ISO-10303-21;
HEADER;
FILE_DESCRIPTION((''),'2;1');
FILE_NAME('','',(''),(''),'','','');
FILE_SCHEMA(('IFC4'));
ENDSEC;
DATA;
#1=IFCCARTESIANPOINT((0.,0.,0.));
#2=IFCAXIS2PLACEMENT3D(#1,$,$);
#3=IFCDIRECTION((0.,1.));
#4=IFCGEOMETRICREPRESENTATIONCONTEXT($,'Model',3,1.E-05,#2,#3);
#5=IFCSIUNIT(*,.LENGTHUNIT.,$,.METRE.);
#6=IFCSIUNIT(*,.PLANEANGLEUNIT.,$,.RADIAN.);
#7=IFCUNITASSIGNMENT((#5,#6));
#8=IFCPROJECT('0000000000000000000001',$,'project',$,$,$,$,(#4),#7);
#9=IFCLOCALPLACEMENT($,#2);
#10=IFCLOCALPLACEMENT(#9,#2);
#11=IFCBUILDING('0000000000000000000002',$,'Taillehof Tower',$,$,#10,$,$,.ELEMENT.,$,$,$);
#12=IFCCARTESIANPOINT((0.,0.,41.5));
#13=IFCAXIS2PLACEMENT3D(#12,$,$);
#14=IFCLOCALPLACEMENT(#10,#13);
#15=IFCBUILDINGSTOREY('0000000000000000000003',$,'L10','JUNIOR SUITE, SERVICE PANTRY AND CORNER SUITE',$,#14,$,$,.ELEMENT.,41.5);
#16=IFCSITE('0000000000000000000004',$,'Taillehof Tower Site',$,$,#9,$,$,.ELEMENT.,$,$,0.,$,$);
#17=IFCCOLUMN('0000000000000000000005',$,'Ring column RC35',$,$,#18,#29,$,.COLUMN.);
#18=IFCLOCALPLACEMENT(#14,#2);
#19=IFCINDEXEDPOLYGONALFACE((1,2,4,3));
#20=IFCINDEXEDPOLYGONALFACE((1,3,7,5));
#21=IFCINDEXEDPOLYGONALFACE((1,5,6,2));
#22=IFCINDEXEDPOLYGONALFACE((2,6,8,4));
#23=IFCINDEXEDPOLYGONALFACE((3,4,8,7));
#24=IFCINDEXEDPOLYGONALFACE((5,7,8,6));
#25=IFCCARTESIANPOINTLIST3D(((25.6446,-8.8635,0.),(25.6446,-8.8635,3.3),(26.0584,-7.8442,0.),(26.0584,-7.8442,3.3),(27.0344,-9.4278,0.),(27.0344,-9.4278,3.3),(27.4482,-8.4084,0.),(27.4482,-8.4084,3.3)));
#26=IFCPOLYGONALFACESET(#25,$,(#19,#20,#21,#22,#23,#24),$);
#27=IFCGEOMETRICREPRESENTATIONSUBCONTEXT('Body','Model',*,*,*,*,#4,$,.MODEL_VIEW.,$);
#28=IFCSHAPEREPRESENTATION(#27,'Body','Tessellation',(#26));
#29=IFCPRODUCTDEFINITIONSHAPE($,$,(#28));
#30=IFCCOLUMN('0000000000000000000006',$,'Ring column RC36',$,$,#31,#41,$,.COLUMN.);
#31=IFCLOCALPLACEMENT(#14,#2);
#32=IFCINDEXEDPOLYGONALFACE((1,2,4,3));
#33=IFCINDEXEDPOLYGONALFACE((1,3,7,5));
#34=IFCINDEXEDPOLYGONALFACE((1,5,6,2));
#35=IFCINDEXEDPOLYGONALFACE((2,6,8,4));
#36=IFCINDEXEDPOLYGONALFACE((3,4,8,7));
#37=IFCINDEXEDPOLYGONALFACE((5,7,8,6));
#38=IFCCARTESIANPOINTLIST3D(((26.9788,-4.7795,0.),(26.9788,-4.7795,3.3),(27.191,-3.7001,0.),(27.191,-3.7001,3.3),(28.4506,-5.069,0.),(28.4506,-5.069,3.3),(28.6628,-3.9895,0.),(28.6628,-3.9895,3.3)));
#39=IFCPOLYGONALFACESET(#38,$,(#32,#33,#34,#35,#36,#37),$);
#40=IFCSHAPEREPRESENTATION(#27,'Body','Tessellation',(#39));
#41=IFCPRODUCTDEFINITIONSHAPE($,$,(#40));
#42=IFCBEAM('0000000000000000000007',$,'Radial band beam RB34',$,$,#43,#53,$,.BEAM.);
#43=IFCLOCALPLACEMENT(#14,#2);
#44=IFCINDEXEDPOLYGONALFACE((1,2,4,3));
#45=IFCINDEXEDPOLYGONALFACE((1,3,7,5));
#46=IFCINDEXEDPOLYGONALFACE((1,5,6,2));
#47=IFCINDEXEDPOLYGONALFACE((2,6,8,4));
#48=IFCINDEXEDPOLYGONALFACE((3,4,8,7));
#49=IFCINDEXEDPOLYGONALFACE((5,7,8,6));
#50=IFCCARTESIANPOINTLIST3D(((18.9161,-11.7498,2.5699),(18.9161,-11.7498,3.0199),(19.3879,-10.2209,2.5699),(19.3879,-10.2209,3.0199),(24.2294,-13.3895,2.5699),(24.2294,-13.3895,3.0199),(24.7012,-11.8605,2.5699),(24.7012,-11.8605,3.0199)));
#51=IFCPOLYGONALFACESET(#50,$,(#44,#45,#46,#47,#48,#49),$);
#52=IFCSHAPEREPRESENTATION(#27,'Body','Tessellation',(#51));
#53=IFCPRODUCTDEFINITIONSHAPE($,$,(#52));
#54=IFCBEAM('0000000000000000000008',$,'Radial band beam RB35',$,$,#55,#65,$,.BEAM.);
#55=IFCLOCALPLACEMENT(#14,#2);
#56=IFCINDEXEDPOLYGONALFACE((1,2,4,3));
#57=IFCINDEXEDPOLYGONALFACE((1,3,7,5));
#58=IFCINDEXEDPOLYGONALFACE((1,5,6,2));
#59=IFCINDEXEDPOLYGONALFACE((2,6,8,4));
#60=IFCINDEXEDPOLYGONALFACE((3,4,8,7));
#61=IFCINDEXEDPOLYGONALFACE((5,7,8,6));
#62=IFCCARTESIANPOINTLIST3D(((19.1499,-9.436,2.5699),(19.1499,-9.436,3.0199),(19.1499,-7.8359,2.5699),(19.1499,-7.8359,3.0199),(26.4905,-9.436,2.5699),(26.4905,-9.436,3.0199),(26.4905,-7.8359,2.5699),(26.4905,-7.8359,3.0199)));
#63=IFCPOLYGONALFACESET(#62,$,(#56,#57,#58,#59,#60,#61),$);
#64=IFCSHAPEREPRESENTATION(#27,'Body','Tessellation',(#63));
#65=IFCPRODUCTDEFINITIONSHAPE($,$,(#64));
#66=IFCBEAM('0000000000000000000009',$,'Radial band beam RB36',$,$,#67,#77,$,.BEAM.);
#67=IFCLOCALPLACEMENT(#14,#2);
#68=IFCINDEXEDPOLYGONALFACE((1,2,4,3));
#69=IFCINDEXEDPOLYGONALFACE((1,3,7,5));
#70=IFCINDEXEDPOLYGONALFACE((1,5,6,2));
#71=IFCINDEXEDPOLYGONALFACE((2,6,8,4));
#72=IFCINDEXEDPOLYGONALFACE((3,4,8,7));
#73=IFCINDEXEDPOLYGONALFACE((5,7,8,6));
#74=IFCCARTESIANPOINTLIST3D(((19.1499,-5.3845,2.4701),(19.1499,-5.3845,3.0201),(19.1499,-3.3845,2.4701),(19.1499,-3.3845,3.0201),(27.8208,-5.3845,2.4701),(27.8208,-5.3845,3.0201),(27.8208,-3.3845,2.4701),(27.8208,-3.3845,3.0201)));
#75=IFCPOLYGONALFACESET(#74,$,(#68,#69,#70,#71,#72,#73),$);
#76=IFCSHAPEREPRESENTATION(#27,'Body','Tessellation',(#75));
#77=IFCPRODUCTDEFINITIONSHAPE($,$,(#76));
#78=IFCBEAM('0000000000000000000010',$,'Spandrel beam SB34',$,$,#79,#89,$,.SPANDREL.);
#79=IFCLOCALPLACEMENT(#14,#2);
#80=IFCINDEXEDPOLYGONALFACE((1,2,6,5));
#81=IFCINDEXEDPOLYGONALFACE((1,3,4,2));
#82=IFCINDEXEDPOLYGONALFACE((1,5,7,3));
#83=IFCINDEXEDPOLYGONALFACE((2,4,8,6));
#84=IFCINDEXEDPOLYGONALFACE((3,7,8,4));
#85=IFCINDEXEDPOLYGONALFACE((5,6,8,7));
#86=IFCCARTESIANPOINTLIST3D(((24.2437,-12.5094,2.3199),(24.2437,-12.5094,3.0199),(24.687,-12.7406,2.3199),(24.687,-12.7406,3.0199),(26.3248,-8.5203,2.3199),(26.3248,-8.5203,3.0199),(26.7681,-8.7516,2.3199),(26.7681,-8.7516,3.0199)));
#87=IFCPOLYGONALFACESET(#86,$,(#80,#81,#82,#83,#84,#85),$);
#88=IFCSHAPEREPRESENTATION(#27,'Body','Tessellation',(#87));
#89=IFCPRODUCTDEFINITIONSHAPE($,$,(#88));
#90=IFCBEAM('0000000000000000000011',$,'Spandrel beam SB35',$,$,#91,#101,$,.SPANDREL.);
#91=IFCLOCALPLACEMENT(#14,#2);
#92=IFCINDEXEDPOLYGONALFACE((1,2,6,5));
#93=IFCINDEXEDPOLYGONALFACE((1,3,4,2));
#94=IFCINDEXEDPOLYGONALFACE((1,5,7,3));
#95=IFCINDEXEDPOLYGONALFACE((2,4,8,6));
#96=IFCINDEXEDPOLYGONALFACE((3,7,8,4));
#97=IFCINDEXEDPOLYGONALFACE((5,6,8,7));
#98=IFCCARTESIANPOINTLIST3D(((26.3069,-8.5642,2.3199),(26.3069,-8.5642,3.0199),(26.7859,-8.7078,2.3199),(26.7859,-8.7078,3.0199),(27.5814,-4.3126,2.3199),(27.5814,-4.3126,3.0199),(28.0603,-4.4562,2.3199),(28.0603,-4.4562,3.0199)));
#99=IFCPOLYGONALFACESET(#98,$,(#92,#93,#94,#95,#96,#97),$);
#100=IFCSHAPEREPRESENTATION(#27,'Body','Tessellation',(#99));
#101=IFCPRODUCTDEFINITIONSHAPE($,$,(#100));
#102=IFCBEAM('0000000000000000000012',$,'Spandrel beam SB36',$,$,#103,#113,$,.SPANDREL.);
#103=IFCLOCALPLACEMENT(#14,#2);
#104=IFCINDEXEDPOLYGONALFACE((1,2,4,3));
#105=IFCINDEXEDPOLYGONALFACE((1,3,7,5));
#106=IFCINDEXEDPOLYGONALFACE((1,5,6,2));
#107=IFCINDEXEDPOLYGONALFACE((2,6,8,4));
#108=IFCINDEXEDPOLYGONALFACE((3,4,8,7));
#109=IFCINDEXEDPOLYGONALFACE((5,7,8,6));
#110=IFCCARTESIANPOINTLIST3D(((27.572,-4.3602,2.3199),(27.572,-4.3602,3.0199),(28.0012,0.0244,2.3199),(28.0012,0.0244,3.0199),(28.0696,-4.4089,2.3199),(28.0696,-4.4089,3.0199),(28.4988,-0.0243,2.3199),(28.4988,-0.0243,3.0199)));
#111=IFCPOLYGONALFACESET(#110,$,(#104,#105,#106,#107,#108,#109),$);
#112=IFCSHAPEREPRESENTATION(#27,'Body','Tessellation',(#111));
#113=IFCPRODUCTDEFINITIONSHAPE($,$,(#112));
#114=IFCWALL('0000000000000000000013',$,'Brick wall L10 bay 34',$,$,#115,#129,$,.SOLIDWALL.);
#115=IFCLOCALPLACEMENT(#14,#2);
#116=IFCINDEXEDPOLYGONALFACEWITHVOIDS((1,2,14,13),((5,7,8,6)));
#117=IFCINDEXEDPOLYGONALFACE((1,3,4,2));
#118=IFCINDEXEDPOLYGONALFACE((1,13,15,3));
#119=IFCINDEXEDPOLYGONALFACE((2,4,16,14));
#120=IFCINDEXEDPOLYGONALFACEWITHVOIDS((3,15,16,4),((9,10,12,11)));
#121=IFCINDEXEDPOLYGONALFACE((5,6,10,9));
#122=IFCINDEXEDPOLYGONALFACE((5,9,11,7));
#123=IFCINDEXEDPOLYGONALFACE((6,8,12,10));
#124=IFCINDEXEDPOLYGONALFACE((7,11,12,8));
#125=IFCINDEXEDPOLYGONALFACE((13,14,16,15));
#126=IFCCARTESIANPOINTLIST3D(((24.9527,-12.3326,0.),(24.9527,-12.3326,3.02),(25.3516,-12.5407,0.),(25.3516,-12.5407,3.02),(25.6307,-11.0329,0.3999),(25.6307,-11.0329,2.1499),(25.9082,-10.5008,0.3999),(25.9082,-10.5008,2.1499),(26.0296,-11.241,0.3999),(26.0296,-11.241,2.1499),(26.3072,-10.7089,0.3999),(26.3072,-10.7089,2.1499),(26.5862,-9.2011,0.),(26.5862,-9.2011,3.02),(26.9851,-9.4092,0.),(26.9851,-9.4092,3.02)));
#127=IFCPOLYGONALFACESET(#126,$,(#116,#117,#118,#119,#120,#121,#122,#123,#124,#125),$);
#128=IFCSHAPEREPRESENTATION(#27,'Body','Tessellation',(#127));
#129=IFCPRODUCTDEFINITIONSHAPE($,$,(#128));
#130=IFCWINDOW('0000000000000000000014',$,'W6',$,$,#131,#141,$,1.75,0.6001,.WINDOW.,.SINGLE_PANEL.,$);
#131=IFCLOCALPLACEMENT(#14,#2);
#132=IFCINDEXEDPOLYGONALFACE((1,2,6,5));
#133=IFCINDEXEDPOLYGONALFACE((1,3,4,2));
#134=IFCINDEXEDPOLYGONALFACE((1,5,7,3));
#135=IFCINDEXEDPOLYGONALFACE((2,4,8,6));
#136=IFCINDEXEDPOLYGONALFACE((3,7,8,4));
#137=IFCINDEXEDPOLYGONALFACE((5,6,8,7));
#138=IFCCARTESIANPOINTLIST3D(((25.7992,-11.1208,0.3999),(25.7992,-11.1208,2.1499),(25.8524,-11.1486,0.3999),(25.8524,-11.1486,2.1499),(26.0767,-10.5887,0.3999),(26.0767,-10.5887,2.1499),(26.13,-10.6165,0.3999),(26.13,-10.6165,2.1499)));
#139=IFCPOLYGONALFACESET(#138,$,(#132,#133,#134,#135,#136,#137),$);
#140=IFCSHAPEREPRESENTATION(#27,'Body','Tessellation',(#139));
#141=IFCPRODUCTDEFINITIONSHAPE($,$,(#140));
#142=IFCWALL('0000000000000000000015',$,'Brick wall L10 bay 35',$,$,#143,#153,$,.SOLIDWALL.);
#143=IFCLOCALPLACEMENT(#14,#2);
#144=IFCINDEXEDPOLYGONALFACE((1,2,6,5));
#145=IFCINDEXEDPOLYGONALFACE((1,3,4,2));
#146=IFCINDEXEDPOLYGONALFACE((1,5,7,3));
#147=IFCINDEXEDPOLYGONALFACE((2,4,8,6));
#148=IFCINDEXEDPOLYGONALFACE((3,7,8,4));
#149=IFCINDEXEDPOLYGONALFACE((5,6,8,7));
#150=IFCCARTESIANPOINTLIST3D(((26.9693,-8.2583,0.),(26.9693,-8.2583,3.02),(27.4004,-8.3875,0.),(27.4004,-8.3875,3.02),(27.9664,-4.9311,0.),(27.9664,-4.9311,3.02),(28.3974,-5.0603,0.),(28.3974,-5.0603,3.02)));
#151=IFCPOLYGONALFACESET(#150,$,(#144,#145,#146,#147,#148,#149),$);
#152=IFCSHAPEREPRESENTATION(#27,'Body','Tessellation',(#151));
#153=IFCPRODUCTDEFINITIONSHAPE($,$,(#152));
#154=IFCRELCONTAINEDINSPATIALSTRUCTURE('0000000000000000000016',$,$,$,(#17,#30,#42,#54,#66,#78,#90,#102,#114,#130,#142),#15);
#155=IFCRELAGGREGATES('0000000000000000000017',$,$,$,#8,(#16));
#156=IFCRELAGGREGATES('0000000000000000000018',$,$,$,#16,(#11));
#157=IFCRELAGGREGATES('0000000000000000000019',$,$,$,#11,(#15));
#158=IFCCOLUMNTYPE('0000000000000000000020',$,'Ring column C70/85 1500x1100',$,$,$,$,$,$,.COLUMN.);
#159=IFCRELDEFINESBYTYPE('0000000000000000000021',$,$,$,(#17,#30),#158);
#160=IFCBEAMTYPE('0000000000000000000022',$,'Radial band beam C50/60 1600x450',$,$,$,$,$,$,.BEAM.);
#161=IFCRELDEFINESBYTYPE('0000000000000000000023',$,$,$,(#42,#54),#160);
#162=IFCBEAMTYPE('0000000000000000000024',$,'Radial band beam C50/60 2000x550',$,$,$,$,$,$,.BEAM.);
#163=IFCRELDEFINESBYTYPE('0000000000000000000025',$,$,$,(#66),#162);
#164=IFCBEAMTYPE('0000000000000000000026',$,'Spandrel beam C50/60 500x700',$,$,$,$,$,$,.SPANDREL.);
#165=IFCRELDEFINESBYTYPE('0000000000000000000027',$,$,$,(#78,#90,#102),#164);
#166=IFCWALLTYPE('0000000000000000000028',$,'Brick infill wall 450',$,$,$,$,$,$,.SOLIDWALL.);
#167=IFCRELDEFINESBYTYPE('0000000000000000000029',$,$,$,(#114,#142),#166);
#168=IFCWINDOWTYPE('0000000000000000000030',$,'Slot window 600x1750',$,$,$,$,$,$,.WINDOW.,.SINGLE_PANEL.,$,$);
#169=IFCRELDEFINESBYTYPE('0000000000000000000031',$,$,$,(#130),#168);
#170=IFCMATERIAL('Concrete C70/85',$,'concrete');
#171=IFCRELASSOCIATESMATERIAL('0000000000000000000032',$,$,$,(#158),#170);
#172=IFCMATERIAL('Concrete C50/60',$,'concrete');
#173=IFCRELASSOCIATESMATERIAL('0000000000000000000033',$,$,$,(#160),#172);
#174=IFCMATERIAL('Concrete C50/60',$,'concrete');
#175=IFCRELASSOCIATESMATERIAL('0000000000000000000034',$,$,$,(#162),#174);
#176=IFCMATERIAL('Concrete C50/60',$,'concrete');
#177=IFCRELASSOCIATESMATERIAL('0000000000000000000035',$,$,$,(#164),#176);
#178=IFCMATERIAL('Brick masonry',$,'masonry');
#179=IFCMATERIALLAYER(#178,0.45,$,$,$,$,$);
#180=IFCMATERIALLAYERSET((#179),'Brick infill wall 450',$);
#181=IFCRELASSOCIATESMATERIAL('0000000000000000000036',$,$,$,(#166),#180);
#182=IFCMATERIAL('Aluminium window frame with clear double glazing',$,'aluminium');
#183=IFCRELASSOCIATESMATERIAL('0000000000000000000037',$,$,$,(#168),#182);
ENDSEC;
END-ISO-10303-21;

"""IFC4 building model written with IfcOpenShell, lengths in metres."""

from ifc_helpers import new_model, si_unit, direction, frame, frame_2d, origin, origin_2d, place, context, subcontext, project, spatial, rectangle, extrude, material, layer, layer_set, material_profile, profile_set, type_object, element, fill, save


model = new_model("IFC4")

# Units and contexts
model_context = context("Model", 3, precision=1e-05, world=origin(), true_north=direction((0.0, 1.0)))
body_context = subcontext(model_context, "Body", "Model", "MODEL_VIEW")
ifc_project = project(units=[si_unit("LENGTHUNIT", "METRE"), si_unit("PLANEANGLEUNIT", "RADIAN")], contexts=[model_context])

# Site, building, storey
site_placement = place(None, origin())
site = spatial("IfcSite", under=ifc_project, at=site_placement, Name="Taillehof Tower Site", CompositionType="ELEMENT", RefElevation=0.0)
building_placement = place(site_placement, origin())
building = spatial("IfcBuilding", under=site, at=building_placement, Name="Taillehof Tower", CompositionType="ELEMENT")
storey_placement = place(building_placement, frame((0.0, 0.0, 41.5)))
storey = spatial("IfcBuildingStorey", under=building, at=storey_placement, Name="L10", Description="JUNIOR SUITE, SERVICE PANTRY AND CORNER SUITE", CompositionType="ELEMENT", Elevation=41.5)

# Columns
ifc_material_1 = material(Name="Concrete C70/85", Category="concrete")
ifc_material_profile_1 = material_profile(ifc_material_1, rectangle(XDim=1.5, YDim=1.1001, at=origin_2d()), Name="RC 1500x1100")
ifc_profile_set_1 = profile_set([ifc_material_profile_1], Name="Concrete C70/85")
column_type = type_object("IfcColumnType", Name="Ring column C70/85 1500x1100", PredefinedType="COLUMN", material=ifc_profile_set_1)
for number, where, z_axis, x_axis, name in (
    (1, (26.5464, -8.636, 0.0), (0.0, 0.0, 1.0), (0.926558, -0.376152, 0.0), "Ring column RC35"),
    (2, (27.8208, -4.3845, 0.0), (0.0, 0.0, 1.0), (0.981204, -0.192976, 0.0), "Ring column RC36"),
):
    element("IfcColumn", number, at=place(storey_placement, frame(where, z_axis=z_axis, x_axis=x_axis)), inside=storey, type_object=column_type, Name=name, PredefinedType="COLUMN", context=body_context, shape_type="SweptSolid", body=[
        extrude(rectangle(XDim=1.5, YDim=1.1001, at=origin_2d()), origin(), (0.0, 0.0, 1.0), 3.3),
    ])

# Beams
ifc_material_2 = material(Name="Concrete C50/60", Category="concrete")
ifc_material_profile_2 = material_profile(ifc_material_2, rectangle(XDim=1.6001, YDim=0.45, at=origin_2d()), Name="RC 1600x450")
ifc_profile_set_2 = profile_set([ifc_material_profile_2], Name="Concrete C50/60")
beam_type_1 = type_object("IfcBeamType", Name="Radial band beam C50/60 1600x450", PredefinedType="BEAM", material=ifc_profile_set_2)
beam_1_placement = place(storey_placement, frame((24.4653, -12.625, 2.7949), z_axis=(-0.955536, 0.294876, 0.0), x_axis=(-0.294876, -0.955536, 0.0)))
element("IfcBeam", 3, at=beam_1_placement, inside=storey, type_object=beam_type_1, Name="Radial band beam RB34", PredefinedType="BEAM", context=body_context, shape_type="SweptSolid", body=[
    extrude(rectangle(XDim=1.6001, YDim=0.45, at=origin_2d()), origin(), (0.0, 0.0, 1.0), 5.5605),
])
beam_2_placement = place(storey_placement, frame((26.4905, -8.636, 2.7949), z_axis=(-1.0, 0.0, 0.0), x_axis=(0.0, -1.0, 0.0)))
element("IfcBeam", 4, at=beam_2_placement, inside=storey, type_object=beam_type_1, Name="Radial band beam RB35", PredefinedType="BEAM", context=body_context, shape_type="SweptSolid", body=[
    extrude(rectangle(XDim=1.6001, YDim=0.45, at=origin_2d()), origin(), (0.0, 0.0, 1.0), 7.3406),
])
ifc_material_3 = material(Name="Concrete C50/60", Category="concrete")
ifc_material_profile_3 = material_profile(ifc_material_3, rectangle(XDim=2.0, YDim=0.55, at=origin_2d()), Name="RC 2000x550")
ifc_profile_set_3 = profile_set([ifc_material_profile_3], Name="Concrete C50/60")
beam_type_2 = type_object("IfcBeamType", Name="Radial band beam C50/60 2000x550", PredefinedType="BEAM", material=ifc_profile_set_3)
beam_3_placement = place(storey_placement, frame((27.8208, -4.3845, 2.7451), z_axis=(-1.0, 0.0, 0.0), x_axis=(0.0, -1.0, 0.0)))
element("IfcBeam", 5, at=beam_3_placement, inside=storey, type_object=beam_type_2, Name="Radial band beam RB36", PredefinedType="BEAM", context=body_context, shape_type="SweptSolid", body=[
    extrude(rectangle(XDim=2.0, YDim=0.55, at=origin_2d()), origin(), (0.0, 0.0, 1.0), 8.6709),
])
ifc_material_4 = material(Name="Concrete C50/60", Category="concrete")
ifc_material_profile_4 = material_profile(ifc_material_4, rectangle(XDim=0.5, YDim=0.7, at=origin_2d()), Name="RC 500x700")
ifc_profile_set_4 = profile_set([ifc_material_profile_4], Name="Concrete C50/60")
beam_type_3 = type_object("IfcBeamType", Name="Spandrel beam C50/60 500x700", PredefinedType="SPANDREL", material=ifc_profile_set_4)
beam_4_placement = place(storey_placement, frame((24.4653, -12.625, 2.6699), z_axis=(0.462536, 0.8866, 0.0), x_axis=(-0.8866, 0.462536, 0.0)))
element("IfcBeam", 6, at=beam_4_placement, inside=storey, type_object=beam_type_3, Name="Spandrel beam SB34", PredefinedType="SPANDREL", context=body_context, shape_type="SweptSolid", body=[
    extrude(rectangle(XDim=0.5, YDim=0.7, at=origin_2d()), origin(), (0.0, 0.0, 1.0), 4.4993),
])
beam_5_placement = place(storey_placement, frame((26.5464, -8.636, 2.6699), z_axis=(0.287136, 0.95789, 0.0), x_axis=(-0.95789, 0.287136, 0.0)))
element("IfcBeam", 7, at=beam_5_placement, inside=storey, type_object=beam_type_3, Name="Spandrel beam SB35", PredefinedType="SPANDREL", context=body_context, shape_type="SweptSolid", body=[
    extrude(rectangle(XDim=0.5, YDim=0.7, at=origin_2d()), origin(), (0.0, 0.0, 1.0), 4.4385),
])
beam_6_placement = place(storey_placement, frame((27.8208, -4.3845, 2.6699), z_axis=(0.097424, 0.995243, 0.0), x_axis=(-0.995243, 0.097424, 0.0)))
element("IfcBeam", 8, at=beam_6_placement, inside=storey, type_object=beam_type_3, Name="Spandrel beam SB36", PredefinedType="SPANDREL", context=body_context, shape_type="SweptSolid", body=[
    extrude(rectangle(XDim=0.5, YDim=0.7, at=origin_2d()), origin(), (0.0, 0.0, 1.0), 4.4055),
])

# Wall, opening, window
ifc_material_5 = material(Name="Brick masonry", Category="masonry")
ifc_layer_1 = layer(ifc_material_5, 0.45)
ifc_layer_set_1 = layer_set([ifc_layer_1], Name="Brick infill wall 450")
wall_type_1 = type_object("IfcWallType", Name="Brick infill wall 450", PredefinedType="SOLIDWALL", material=ifc_layer_set_1)
wall_1_placement = place(storey_placement, frame((25.1521, -12.4368, 0.0), z_axis=(0.0, 0.0, 1.0), x_axis=(0.462493, 0.886623, 0.0)))
wall_1 = element("IfcWall", 9, at=wall_1_placement, inside=storey, type_object=wall_type_1, Name="Brick wall L10 bay 34", PredefinedType="SOLIDWALL", context=body_context, shape_type="SweptSolid", body=[
    extrude(rectangle(XDim=3.532, YDim=0.45, at=frame_2d((1.7661, 0.0))), origin(), (0.0, 0.0, 1.0), 3.02),
])
opening_1_placement = place(wall_1_placement, frame((1.4661, 0.0, 0.3999)))
opening_1 = element("IfcOpeningElement", 10, at=opening_1_placement, cuts=wall_1, PredefinedType="OPENING", context=body_context, shape_type="SweptSolid", body=[
    extrude(rectangle(XDim=0.6001, YDim=1.75, at=frame_2d((0.3, 0.875))), frame((0.0, 0.2349, 0.0), z_axis=(0.0, -1.0, 0.0), x_axis=(1.0, 0.0, 0.0)), (0.0, 0.0, 1.0), 0.47),
])
ifc_material_6 = material(Name="Aluminium window frame with clear double glazing", Category="aluminium")
window_type = type_object("IfcWindowType", Name="Slot window 600x1750", PartitioningType="SINGLE_PANEL", PredefinedType="WINDOW", material=ifc_material_6)
window_1_placement = place(opening_1_placement, origin())
window_1 = element("IfcWindow", 11, at=window_1_placement, inside=storey, type_object=window_type, Name="W6", OverallHeight=1.75, OverallWidth=0.6001, PartitioningType="SINGLE_PANEL", PredefinedType="WINDOW", context=body_context, shape_type="SweptSolid", body=[
    extrude(rectangle(XDim=0.6001, YDim=1.75, at=frame_2d((0.3, 0.875))), frame((0.0, 0.0349, 0.0), z_axis=(0.0, -1.0, 0.0), x_axis=(1.0, 0.0, 0.0)), (0.0, 0.0, 1.0), 0.0601),
])
fill(opening_1, window_1)

# Wall
wall_2_placement = place(storey_placement, frame((27.1848, -8.323, 0.0), z_axis=(0.0, 0.0, 1.0), x_axis=(0.287064, 0.957911, 0.0)))
element("IfcWall", 12, at=wall_2_placement, inside=storey, type_object=wall_type_1, Name="Brick wall L10 bay 35", PredefinedType="SOLIDWALL", context=body_context, shape_type="SweptSolid", body=[
    extrude(rectangle(XDim=3.4734, YDim=0.45, at=frame_2d((1.7368, 0.0))), origin(), (0.0, 0.0, 1.0), 3.02),
])

save(model, "model.ifc")
